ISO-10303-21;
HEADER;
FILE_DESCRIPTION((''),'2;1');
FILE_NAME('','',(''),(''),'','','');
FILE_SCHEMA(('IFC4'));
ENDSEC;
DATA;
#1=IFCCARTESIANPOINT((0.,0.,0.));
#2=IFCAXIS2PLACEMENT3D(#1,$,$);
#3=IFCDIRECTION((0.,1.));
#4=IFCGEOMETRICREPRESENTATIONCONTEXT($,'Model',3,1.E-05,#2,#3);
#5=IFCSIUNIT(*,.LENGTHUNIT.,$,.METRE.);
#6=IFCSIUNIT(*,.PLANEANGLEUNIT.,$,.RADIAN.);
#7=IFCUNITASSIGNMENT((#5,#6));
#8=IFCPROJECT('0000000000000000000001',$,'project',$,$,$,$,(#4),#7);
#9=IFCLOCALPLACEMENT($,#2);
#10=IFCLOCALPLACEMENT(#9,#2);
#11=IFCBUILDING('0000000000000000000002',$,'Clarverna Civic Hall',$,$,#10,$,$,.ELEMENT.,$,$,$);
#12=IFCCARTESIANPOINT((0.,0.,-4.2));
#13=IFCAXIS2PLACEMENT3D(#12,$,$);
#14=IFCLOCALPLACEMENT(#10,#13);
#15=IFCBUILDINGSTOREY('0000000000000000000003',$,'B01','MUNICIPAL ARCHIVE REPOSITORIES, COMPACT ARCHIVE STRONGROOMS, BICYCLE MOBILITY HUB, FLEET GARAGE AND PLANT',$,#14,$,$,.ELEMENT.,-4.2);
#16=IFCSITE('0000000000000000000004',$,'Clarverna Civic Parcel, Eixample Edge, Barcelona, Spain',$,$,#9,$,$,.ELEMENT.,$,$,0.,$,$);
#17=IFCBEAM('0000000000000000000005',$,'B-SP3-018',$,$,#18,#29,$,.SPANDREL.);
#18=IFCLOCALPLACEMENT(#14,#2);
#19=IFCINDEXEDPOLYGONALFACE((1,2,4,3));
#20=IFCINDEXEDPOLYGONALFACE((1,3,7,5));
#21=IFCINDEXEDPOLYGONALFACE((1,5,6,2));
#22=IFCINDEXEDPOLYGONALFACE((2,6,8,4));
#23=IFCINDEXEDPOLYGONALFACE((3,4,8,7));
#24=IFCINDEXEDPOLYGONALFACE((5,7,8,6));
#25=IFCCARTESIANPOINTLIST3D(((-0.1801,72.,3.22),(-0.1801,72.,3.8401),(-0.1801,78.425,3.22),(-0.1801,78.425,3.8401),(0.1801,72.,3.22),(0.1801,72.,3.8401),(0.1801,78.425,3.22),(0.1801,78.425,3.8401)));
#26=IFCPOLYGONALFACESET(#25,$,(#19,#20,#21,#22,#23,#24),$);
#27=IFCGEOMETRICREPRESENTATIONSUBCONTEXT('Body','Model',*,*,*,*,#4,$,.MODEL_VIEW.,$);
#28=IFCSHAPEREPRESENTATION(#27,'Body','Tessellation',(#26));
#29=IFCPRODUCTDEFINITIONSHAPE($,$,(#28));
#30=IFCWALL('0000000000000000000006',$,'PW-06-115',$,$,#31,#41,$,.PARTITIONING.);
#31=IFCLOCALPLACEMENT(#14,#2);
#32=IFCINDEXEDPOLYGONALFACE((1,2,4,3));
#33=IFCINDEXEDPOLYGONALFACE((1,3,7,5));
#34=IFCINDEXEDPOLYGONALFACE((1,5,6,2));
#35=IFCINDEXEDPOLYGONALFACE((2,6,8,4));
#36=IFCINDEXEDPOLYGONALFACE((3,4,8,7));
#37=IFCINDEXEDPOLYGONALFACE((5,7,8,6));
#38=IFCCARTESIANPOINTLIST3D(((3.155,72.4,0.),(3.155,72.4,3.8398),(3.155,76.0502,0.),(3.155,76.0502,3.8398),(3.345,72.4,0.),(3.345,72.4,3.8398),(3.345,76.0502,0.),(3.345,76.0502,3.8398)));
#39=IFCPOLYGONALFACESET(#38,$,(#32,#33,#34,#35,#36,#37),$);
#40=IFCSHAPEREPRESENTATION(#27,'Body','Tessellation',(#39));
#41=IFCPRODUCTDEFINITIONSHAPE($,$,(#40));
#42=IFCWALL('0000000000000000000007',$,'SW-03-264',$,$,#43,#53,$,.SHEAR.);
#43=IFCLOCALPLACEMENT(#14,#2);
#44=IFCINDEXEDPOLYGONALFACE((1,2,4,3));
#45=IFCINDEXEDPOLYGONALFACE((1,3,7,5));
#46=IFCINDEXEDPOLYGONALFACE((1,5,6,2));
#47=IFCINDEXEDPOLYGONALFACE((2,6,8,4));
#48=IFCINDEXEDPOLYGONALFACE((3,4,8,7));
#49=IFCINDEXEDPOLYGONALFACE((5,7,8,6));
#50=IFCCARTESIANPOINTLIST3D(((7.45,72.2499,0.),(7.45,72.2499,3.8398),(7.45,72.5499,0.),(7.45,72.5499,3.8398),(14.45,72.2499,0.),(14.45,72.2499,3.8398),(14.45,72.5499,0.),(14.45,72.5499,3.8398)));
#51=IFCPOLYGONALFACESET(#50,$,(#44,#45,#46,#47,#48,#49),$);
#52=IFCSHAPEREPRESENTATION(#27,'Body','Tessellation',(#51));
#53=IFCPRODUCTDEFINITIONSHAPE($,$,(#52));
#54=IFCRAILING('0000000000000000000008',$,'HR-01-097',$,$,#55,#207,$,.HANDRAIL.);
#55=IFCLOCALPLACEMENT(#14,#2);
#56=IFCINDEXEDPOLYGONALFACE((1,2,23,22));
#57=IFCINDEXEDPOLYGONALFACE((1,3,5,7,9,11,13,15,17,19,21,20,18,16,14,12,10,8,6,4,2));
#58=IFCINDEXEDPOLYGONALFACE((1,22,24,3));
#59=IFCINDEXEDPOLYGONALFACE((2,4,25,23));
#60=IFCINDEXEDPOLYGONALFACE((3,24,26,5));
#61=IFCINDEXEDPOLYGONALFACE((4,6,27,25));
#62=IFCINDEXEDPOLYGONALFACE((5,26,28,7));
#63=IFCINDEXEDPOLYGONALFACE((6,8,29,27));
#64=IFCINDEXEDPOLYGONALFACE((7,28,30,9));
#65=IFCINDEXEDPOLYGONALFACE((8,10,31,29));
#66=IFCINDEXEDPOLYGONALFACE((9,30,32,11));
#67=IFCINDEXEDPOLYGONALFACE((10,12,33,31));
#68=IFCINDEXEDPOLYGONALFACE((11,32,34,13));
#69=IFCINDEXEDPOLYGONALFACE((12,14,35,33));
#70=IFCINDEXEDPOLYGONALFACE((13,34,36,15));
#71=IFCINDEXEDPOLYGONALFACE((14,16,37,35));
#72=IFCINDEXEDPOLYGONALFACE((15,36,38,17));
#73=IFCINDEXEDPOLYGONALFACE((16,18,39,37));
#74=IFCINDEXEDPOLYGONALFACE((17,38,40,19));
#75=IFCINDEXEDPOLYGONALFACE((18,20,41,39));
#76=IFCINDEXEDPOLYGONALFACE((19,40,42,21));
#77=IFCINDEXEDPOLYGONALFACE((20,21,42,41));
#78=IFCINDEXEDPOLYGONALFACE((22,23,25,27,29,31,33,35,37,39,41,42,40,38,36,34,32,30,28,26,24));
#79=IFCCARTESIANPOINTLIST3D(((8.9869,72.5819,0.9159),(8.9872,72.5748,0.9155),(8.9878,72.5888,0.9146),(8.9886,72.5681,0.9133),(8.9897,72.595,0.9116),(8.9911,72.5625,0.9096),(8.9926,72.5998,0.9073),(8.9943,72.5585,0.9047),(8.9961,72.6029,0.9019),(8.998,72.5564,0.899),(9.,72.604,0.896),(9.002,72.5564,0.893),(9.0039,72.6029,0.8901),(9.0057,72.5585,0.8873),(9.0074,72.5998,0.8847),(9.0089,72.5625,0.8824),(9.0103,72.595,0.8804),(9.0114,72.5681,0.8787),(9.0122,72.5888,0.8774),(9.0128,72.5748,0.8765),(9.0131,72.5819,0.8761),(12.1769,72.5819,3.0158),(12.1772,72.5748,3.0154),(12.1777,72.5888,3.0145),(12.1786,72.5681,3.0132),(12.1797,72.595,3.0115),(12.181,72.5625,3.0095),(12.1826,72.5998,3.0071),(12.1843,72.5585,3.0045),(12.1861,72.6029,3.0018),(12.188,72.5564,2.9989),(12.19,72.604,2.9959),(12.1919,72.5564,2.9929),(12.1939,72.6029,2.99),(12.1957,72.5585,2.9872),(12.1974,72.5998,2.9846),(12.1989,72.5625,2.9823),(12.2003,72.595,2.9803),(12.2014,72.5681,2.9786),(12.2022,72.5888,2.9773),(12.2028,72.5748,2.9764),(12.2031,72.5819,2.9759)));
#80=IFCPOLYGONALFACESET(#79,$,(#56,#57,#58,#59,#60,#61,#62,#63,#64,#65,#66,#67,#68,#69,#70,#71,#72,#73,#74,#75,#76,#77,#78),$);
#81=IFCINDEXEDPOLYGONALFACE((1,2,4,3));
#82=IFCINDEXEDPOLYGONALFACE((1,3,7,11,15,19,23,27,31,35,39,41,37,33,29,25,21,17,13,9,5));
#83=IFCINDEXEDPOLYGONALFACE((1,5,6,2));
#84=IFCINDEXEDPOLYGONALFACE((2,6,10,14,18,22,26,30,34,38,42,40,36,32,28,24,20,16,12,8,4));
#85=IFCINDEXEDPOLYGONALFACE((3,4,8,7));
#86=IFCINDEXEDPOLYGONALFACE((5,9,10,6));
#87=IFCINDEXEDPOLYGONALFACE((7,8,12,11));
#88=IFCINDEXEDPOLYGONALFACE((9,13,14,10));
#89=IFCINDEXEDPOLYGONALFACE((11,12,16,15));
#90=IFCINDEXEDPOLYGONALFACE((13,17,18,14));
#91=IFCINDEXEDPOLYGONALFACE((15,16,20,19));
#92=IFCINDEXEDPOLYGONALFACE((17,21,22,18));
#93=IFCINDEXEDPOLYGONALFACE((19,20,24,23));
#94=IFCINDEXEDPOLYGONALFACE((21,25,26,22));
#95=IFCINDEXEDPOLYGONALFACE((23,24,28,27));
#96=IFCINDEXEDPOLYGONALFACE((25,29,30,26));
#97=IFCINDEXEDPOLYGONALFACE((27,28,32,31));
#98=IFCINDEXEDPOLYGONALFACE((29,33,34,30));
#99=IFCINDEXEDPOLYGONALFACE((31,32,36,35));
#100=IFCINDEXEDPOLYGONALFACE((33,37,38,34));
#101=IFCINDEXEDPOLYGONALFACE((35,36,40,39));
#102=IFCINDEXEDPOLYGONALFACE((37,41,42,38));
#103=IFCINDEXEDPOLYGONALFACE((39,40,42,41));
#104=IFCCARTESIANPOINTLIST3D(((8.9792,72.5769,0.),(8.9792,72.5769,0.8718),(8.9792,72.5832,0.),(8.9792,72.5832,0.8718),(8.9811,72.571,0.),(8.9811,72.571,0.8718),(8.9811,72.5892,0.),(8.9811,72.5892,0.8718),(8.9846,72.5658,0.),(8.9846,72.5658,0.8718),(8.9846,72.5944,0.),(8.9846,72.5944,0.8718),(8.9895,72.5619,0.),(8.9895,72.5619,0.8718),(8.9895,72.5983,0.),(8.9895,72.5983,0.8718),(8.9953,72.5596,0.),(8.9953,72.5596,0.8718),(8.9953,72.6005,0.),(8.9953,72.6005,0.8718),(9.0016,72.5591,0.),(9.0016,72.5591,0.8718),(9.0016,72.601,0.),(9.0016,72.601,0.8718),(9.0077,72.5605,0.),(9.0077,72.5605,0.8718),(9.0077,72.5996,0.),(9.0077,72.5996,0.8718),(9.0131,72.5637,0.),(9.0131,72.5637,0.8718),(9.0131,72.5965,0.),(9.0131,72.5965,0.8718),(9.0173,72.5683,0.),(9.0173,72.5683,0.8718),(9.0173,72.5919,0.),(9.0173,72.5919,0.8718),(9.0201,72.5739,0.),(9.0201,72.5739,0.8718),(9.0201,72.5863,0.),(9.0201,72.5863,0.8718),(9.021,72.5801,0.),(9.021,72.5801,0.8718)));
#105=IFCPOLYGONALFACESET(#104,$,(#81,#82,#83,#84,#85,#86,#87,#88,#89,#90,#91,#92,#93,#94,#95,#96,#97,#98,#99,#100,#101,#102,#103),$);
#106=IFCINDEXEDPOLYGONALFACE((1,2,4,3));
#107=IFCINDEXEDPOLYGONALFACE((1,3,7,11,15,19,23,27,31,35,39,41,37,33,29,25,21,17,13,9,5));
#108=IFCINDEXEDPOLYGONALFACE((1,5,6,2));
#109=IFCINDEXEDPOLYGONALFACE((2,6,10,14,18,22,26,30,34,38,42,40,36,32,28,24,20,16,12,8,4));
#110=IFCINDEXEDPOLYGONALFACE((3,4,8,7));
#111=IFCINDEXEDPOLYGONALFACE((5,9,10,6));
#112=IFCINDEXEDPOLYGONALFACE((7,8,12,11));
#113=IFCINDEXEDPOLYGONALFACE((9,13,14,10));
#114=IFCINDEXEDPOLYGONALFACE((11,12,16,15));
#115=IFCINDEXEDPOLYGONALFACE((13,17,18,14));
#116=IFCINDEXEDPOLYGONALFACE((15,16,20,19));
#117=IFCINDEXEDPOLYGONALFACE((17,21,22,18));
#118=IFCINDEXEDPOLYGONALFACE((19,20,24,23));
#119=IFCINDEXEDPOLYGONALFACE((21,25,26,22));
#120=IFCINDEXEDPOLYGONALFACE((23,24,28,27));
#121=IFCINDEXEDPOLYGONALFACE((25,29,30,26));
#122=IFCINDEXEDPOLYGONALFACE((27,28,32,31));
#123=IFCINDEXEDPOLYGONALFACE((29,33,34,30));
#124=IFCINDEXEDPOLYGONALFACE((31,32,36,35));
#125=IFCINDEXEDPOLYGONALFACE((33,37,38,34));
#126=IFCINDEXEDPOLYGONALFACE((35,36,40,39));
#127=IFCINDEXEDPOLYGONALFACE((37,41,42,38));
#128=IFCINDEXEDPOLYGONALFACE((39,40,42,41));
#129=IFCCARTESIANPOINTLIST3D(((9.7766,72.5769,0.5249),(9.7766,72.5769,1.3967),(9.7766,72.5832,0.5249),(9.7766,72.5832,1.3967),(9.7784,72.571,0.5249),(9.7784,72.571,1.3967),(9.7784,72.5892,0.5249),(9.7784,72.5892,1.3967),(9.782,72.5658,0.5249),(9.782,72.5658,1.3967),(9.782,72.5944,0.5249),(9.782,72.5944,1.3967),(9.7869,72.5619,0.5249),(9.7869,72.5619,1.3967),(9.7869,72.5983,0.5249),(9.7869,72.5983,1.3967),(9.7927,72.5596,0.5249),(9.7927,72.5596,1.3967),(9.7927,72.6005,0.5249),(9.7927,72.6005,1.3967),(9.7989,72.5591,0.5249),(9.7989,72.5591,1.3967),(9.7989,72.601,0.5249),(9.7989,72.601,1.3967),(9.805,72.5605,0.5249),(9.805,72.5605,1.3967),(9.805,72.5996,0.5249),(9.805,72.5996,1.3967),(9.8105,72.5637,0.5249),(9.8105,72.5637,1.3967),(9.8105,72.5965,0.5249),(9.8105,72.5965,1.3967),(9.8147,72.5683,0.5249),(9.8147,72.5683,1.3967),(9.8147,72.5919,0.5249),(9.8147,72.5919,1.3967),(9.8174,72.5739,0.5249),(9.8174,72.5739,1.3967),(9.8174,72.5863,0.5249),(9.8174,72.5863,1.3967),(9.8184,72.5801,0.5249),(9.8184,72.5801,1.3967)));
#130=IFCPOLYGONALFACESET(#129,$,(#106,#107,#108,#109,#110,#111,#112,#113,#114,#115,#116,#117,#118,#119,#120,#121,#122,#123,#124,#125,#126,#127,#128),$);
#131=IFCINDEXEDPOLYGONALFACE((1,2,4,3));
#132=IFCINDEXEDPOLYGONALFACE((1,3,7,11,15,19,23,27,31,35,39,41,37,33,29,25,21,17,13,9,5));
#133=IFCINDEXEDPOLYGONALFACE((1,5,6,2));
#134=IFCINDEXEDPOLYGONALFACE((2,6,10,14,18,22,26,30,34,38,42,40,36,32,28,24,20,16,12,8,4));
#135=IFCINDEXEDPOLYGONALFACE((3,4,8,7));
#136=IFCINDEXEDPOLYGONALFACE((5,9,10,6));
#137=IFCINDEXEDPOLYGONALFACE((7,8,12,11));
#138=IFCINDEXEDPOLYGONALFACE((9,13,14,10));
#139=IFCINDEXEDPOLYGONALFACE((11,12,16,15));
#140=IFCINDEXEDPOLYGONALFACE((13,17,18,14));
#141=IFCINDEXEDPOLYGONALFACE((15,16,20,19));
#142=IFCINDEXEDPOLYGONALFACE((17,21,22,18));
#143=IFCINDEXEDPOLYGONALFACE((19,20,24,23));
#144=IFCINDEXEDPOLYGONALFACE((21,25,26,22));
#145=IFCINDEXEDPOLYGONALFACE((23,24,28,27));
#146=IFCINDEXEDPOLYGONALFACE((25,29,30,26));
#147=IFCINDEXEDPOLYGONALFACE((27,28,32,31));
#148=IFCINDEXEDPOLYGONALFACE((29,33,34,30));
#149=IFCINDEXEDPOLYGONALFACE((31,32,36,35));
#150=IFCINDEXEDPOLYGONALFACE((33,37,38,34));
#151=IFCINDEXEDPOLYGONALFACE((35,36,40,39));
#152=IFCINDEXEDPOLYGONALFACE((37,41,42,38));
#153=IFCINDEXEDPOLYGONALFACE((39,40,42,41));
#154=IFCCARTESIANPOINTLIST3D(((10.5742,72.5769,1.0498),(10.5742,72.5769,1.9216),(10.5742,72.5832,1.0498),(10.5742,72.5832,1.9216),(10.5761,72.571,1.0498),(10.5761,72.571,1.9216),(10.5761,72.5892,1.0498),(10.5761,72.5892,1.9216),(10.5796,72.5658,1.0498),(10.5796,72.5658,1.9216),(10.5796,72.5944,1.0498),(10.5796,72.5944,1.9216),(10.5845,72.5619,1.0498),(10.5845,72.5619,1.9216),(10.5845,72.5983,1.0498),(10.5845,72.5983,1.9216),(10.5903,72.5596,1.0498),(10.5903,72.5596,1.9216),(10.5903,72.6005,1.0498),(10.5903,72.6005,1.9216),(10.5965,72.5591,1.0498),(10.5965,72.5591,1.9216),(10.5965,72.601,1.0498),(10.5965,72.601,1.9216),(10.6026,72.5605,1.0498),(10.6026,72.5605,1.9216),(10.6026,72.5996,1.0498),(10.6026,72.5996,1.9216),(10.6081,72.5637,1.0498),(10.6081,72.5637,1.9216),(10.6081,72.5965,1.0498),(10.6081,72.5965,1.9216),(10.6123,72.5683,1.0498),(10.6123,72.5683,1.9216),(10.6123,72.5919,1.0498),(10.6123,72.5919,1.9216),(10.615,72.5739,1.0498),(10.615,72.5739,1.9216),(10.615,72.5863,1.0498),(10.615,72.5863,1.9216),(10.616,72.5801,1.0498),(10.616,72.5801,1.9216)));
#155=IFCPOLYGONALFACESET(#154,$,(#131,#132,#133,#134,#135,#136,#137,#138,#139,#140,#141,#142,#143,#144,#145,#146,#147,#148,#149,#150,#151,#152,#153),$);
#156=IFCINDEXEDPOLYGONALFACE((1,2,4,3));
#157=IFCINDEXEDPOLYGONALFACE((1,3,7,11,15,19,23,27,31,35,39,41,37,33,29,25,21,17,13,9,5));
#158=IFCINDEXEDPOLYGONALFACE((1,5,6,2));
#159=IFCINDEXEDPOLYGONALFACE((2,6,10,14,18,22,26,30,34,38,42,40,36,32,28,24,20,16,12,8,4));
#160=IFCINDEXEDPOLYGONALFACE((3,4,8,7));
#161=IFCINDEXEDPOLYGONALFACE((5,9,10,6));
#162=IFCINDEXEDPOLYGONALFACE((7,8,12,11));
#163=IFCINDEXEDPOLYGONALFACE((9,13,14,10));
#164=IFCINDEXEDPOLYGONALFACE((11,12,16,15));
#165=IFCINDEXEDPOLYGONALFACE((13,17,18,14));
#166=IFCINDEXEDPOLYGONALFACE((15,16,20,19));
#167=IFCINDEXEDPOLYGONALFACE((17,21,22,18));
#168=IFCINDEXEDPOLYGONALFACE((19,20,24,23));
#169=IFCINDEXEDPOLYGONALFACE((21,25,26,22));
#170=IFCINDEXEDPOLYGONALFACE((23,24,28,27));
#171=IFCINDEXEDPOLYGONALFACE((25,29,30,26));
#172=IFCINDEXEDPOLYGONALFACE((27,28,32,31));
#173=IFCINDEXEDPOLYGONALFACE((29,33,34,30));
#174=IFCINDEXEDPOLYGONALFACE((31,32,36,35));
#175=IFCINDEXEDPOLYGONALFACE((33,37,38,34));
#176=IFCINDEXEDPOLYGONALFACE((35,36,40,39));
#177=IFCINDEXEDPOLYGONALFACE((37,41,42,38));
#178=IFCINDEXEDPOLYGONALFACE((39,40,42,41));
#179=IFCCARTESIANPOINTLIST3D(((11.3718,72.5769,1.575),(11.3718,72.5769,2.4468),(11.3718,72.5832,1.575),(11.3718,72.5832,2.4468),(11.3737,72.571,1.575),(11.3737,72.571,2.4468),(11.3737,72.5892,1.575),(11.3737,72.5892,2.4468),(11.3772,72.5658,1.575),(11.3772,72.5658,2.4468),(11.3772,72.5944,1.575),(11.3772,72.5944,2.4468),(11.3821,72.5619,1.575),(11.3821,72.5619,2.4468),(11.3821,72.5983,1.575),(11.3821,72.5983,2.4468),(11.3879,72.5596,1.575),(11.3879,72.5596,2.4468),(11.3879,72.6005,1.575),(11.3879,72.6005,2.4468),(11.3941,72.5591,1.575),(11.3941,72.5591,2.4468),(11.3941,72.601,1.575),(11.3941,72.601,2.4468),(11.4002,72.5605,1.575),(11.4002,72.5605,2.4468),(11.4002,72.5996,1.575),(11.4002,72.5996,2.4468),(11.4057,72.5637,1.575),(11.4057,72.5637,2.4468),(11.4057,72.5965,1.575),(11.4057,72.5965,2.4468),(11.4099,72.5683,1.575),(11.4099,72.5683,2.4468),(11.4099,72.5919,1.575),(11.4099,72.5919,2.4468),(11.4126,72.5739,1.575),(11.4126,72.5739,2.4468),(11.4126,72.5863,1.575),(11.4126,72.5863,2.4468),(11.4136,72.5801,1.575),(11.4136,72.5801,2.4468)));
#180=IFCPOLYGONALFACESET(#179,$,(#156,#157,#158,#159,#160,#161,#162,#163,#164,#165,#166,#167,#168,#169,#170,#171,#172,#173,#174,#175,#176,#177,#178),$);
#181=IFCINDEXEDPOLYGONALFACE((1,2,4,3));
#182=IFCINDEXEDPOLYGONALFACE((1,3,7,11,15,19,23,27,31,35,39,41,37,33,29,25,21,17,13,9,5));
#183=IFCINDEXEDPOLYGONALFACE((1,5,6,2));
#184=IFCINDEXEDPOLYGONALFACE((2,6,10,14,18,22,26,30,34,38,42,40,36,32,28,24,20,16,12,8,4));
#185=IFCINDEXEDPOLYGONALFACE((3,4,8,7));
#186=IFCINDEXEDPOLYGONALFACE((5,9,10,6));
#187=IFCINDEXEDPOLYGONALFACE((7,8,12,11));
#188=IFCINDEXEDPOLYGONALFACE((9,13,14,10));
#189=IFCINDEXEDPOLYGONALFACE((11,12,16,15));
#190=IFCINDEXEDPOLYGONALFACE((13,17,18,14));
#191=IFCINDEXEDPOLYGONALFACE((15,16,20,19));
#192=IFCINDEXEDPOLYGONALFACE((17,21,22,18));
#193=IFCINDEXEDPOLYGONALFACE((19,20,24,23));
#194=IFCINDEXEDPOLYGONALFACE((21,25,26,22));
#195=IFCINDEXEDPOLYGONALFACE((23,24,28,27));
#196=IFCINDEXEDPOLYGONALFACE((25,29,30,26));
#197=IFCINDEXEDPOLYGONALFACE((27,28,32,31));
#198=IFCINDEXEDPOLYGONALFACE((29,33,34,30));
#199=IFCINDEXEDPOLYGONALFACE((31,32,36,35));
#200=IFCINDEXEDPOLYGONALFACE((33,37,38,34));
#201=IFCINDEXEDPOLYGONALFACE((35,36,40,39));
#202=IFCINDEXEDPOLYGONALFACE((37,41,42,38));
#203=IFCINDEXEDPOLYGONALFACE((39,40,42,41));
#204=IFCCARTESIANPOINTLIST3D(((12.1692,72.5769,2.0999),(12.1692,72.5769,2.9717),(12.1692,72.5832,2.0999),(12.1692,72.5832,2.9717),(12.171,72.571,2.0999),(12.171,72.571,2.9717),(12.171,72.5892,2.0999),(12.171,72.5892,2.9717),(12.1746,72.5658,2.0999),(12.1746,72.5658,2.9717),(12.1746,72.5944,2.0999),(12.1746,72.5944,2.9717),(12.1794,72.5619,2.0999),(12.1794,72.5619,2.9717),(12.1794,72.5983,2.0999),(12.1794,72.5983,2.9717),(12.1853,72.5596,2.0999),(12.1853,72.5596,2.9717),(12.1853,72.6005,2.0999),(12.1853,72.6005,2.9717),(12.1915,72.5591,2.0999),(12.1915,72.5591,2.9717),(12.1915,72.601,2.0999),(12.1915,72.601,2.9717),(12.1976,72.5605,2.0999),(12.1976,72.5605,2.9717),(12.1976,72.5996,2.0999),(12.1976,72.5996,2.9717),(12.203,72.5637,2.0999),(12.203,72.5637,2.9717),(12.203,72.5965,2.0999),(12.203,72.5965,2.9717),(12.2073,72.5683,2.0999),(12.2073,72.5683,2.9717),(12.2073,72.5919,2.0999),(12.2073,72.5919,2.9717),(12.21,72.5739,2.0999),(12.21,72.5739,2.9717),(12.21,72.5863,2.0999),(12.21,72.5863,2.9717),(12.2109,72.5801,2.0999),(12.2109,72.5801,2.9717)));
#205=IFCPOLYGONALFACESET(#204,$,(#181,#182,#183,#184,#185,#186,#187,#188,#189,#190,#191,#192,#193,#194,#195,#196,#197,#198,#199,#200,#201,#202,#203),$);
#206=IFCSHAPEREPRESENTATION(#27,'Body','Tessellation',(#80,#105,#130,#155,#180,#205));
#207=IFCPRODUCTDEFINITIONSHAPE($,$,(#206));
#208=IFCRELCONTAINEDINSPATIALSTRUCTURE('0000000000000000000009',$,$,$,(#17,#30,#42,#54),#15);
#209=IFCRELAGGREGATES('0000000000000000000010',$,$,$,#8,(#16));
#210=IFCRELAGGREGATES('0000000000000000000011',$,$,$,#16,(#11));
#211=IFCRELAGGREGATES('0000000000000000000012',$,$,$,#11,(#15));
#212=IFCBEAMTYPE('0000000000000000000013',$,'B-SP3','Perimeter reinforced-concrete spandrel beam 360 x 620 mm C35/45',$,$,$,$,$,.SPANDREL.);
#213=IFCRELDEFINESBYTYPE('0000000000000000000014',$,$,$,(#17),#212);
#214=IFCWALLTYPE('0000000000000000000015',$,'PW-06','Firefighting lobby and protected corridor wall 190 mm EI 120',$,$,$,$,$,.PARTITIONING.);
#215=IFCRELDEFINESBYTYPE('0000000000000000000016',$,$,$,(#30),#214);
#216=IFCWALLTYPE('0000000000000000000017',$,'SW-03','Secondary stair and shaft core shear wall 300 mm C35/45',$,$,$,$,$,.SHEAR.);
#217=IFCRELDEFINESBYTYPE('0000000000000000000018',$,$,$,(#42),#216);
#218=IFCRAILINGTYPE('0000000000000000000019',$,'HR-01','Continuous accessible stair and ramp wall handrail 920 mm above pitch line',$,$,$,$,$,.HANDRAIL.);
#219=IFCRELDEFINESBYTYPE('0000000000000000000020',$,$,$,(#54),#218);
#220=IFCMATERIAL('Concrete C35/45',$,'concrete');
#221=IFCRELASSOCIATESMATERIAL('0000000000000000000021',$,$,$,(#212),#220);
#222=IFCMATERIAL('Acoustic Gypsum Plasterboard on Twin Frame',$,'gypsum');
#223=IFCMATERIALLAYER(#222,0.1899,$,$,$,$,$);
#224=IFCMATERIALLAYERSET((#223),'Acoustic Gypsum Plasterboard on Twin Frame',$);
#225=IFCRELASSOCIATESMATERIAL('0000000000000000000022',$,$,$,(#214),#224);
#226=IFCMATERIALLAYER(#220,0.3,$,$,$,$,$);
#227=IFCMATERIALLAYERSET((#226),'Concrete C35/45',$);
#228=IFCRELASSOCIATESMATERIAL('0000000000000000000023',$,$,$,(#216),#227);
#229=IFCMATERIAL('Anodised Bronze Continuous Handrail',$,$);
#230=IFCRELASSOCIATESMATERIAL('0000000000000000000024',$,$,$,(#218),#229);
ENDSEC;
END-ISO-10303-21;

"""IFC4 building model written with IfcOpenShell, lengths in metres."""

from ifc_helpers import new_model, si_unit, direction, frame, frame_2d, origin, origin_2d, place, context, subcontext, project, spatial, rectangle, circle, extrude, material, layer, layer_set, material_profile, profile_set, type_object, element, save


model = new_model("IFC4")

# Units and contexts
model_context = context("Model", 3, precision=1e-05, world=origin(), true_north=direction((0.0, 1.0)))
body_context = subcontext(model_context, "Body", "Model", "MODEL_VIEW")
ifc_project = project(units=[si_unit("LENGTHUNIT", "METRE"), si_unit("PLANEANGLEUNIT", "RADIAN")], contexts=[model_context])

# Site, building, storey
site_placement = place(None, origin())
site = spatial("IfcSite", under=ifc_project, at=site_placement, Name="Clarverna Civic Parcel, Eixample Edge, Barcelona, Spain", CompositionType="ELEMENT", RefElevation=0.0)
building_placement = place(site_placement, origin())
building = spatial("IfcBuilding", under=site, at=building_placement, Name="Clarverna Civic Hall", CompositionType="ELEMENT")
storey_placement = place(building_placement, frame((0.0, 0.0, -4.2)))
storey = spatial("IfcBuildingStorey", under=building, at=storey_placement, Name="B01", Description="MUNICIPAL ARCHIVE REPOSITORIES, COMPACT ARCHIVE STRONGROOMS, BICYCLE MOBILITY HUB, FLEET GARAGE AND PLANT", CompositionType="ELEMENT", Elevation=-4.2)

# Beam
ifc_material_1 = material(Name="Concrete C35/45", Category="concrete")
ifc_material_profile_1 = material_profile(ifc_material_1, rectangle(XDim=0.3601, YDim=0.6201, at=origin_2d()), Name="RC 360x620")
ifc_profile_set_1 = profile_set([ifc_material_profile_1], Name="Concrete C35/45")
beam_type_1 = type_object("IfcBeamType", Name="B-SP3", Description="Perimeter reinforced-concrete spandrel beam 360 x 620 mm C35/45", PredefinedType="SPANDREL", material=ifc_profile_set_1)
beam_1_placement = place(storey_placement, frame((0.0, 72.0, 3.53), z_axis=(0.0, 1.0, 0.0), x_axis=(-1.0, 0.0, 0.0)))
element("IfcBeam", 1, at=beam_1_placement, inside=storey, type_object=beam_type_1, Name="B-SP3-018", PredefinedType="SPANDREL", context=body_context, shape_type="SweptSolid", body=[
    extrude(rectangle(XDim=0.3601, YDim=0.6201, at=origin_2d()), origin(), (0.0, 0.0, 1.0), 6.425),
])

# Wall
ifc_material_2 = material(Name="Acoustic Gypsum Plasterboard on Twin Frame", Category="gypsum")
ifc_layer_1 = layer(ifc_material_2, 0.1899)
ifc_layer_set_1 = layer_set([ifc_layer_1], Name="Acoustic Gypsum Plasterboard on Twin Frame")
wall_type_1 = type_object("IfcWallType", Name="PW-06", Description="Firefighting lobby and protected corridor wall 190 mm EI 120", PredefinedType="PARTITIONING", material=ifc_layer_set_1)
wall_1_placement = place(storey_placement, frame((3.25, 72.3999, 0.0), z_axis=(0.0, 0.0, 1.0), x_axis=(0.0, 1.0, 0.0)))
element("IfcWall", 2, at=wall_1_placement, inside=storey, type_object=wall_type_1, Name="PW-06-115", PredefinedType="PARTITIONING", context=body_context, shape_type="SweptSolid", body=[
    extrude(rectangle(XDim=3.6501, YDim=0.1899, at=frame_2d((1.8252, 0.0))), origin(), (0.0, 0.0, 1.0), 3.8398),
])

# Shared definitions
ifc_layer_2 = layer(ifc_material_1, 0.3)
ifc_layer_set_2 = layer_set([ifc_layer_2], Name="Concrete C35/45")
wall_type_2 = type_object("IfcWallType", Name="SW-03", Description="Secondary stair and shaft core shear wall 300 mm C35/45", PredefinedType="SHEAR", material=ifc_layer_set_2)

# Wall
wall_2_placement = place(storey_placement, frame((7.45, 72.3999, 0.0), z_axis=(0.0, 0.0, 1.0), x_axis=(1.0, 0.0, 0.0)))
element("IfcWall", 3, at=wall_2_placement, inside=storey, type_object=wall_type_2, Name="SW-03-264", PredefinedType="SHEAR", context=body_context, shape_type="SweptSolid", body=[
    extrude(rectangle(XDim=7.0, YDim=0.3, at=frame_2d((3.5, 0.0))), origin(), (0.0, 0.0, 1.0), 3.8398),
])

# Railing
ifc_material_3 = material(Name="Anodised Bronze Continuous Handrail")
railing_type = type_object("IfcRailingType", Name="HR-01", Description="Continuous accessible stair and ramp wall handrail 920 mm above pitch line", PredefinedType="HANDRAIL", material=ifc_material_3)
railing_placement = place(storey_placement, frame((9.0, 72.5801, 0.0)))
element("IfcRailing", 4, at=railing_placement, inside=storey, type_object=railing_type, Name="HR-01-097", PredefinedType="HANDRAIL", context=body_context, shape_type="SweptSolid", body=[
    extrude(circle(Radius=0.0239, at=origin_2d()), frame((0.0, 0.0, 0.896), z_axis=(0.835272, 0.0, 0.549837), x_axis=(0.0, 1.0, 0.0)), (0.0, 0.0, 1.0), 3.8191),
    extrude(circle(Radius=0.021, at=origin_2d()), origin(), (0.0, 0.0, 1.0), 0.8718),
    extrude(circle(Radius=0.021, at=origin_2d()), frame((0.7974, 0.0, 0.5249)), (0.0, 0.0, 1.0), 0.8718),
    extrude(circle(Radius=0.021, at=origin_2d()), frame((1.595, 0.0, 1.0498)), (0.0, 0.0, 1.0), 0.8718),
    extrude(circle(Radius=0.021, at=origin_2d()), frame((2.3926, 0.0, 1.575)), (0.0, 0.0, 1.0), 0.8718),
    extrude(circle(Radius=0.021, at=origin_2d()), frame((3.1899, 0.0, 2.0999)), (0.0, 0.0, 1.0), 0.8718),
])

save(model, "model.ifc")
